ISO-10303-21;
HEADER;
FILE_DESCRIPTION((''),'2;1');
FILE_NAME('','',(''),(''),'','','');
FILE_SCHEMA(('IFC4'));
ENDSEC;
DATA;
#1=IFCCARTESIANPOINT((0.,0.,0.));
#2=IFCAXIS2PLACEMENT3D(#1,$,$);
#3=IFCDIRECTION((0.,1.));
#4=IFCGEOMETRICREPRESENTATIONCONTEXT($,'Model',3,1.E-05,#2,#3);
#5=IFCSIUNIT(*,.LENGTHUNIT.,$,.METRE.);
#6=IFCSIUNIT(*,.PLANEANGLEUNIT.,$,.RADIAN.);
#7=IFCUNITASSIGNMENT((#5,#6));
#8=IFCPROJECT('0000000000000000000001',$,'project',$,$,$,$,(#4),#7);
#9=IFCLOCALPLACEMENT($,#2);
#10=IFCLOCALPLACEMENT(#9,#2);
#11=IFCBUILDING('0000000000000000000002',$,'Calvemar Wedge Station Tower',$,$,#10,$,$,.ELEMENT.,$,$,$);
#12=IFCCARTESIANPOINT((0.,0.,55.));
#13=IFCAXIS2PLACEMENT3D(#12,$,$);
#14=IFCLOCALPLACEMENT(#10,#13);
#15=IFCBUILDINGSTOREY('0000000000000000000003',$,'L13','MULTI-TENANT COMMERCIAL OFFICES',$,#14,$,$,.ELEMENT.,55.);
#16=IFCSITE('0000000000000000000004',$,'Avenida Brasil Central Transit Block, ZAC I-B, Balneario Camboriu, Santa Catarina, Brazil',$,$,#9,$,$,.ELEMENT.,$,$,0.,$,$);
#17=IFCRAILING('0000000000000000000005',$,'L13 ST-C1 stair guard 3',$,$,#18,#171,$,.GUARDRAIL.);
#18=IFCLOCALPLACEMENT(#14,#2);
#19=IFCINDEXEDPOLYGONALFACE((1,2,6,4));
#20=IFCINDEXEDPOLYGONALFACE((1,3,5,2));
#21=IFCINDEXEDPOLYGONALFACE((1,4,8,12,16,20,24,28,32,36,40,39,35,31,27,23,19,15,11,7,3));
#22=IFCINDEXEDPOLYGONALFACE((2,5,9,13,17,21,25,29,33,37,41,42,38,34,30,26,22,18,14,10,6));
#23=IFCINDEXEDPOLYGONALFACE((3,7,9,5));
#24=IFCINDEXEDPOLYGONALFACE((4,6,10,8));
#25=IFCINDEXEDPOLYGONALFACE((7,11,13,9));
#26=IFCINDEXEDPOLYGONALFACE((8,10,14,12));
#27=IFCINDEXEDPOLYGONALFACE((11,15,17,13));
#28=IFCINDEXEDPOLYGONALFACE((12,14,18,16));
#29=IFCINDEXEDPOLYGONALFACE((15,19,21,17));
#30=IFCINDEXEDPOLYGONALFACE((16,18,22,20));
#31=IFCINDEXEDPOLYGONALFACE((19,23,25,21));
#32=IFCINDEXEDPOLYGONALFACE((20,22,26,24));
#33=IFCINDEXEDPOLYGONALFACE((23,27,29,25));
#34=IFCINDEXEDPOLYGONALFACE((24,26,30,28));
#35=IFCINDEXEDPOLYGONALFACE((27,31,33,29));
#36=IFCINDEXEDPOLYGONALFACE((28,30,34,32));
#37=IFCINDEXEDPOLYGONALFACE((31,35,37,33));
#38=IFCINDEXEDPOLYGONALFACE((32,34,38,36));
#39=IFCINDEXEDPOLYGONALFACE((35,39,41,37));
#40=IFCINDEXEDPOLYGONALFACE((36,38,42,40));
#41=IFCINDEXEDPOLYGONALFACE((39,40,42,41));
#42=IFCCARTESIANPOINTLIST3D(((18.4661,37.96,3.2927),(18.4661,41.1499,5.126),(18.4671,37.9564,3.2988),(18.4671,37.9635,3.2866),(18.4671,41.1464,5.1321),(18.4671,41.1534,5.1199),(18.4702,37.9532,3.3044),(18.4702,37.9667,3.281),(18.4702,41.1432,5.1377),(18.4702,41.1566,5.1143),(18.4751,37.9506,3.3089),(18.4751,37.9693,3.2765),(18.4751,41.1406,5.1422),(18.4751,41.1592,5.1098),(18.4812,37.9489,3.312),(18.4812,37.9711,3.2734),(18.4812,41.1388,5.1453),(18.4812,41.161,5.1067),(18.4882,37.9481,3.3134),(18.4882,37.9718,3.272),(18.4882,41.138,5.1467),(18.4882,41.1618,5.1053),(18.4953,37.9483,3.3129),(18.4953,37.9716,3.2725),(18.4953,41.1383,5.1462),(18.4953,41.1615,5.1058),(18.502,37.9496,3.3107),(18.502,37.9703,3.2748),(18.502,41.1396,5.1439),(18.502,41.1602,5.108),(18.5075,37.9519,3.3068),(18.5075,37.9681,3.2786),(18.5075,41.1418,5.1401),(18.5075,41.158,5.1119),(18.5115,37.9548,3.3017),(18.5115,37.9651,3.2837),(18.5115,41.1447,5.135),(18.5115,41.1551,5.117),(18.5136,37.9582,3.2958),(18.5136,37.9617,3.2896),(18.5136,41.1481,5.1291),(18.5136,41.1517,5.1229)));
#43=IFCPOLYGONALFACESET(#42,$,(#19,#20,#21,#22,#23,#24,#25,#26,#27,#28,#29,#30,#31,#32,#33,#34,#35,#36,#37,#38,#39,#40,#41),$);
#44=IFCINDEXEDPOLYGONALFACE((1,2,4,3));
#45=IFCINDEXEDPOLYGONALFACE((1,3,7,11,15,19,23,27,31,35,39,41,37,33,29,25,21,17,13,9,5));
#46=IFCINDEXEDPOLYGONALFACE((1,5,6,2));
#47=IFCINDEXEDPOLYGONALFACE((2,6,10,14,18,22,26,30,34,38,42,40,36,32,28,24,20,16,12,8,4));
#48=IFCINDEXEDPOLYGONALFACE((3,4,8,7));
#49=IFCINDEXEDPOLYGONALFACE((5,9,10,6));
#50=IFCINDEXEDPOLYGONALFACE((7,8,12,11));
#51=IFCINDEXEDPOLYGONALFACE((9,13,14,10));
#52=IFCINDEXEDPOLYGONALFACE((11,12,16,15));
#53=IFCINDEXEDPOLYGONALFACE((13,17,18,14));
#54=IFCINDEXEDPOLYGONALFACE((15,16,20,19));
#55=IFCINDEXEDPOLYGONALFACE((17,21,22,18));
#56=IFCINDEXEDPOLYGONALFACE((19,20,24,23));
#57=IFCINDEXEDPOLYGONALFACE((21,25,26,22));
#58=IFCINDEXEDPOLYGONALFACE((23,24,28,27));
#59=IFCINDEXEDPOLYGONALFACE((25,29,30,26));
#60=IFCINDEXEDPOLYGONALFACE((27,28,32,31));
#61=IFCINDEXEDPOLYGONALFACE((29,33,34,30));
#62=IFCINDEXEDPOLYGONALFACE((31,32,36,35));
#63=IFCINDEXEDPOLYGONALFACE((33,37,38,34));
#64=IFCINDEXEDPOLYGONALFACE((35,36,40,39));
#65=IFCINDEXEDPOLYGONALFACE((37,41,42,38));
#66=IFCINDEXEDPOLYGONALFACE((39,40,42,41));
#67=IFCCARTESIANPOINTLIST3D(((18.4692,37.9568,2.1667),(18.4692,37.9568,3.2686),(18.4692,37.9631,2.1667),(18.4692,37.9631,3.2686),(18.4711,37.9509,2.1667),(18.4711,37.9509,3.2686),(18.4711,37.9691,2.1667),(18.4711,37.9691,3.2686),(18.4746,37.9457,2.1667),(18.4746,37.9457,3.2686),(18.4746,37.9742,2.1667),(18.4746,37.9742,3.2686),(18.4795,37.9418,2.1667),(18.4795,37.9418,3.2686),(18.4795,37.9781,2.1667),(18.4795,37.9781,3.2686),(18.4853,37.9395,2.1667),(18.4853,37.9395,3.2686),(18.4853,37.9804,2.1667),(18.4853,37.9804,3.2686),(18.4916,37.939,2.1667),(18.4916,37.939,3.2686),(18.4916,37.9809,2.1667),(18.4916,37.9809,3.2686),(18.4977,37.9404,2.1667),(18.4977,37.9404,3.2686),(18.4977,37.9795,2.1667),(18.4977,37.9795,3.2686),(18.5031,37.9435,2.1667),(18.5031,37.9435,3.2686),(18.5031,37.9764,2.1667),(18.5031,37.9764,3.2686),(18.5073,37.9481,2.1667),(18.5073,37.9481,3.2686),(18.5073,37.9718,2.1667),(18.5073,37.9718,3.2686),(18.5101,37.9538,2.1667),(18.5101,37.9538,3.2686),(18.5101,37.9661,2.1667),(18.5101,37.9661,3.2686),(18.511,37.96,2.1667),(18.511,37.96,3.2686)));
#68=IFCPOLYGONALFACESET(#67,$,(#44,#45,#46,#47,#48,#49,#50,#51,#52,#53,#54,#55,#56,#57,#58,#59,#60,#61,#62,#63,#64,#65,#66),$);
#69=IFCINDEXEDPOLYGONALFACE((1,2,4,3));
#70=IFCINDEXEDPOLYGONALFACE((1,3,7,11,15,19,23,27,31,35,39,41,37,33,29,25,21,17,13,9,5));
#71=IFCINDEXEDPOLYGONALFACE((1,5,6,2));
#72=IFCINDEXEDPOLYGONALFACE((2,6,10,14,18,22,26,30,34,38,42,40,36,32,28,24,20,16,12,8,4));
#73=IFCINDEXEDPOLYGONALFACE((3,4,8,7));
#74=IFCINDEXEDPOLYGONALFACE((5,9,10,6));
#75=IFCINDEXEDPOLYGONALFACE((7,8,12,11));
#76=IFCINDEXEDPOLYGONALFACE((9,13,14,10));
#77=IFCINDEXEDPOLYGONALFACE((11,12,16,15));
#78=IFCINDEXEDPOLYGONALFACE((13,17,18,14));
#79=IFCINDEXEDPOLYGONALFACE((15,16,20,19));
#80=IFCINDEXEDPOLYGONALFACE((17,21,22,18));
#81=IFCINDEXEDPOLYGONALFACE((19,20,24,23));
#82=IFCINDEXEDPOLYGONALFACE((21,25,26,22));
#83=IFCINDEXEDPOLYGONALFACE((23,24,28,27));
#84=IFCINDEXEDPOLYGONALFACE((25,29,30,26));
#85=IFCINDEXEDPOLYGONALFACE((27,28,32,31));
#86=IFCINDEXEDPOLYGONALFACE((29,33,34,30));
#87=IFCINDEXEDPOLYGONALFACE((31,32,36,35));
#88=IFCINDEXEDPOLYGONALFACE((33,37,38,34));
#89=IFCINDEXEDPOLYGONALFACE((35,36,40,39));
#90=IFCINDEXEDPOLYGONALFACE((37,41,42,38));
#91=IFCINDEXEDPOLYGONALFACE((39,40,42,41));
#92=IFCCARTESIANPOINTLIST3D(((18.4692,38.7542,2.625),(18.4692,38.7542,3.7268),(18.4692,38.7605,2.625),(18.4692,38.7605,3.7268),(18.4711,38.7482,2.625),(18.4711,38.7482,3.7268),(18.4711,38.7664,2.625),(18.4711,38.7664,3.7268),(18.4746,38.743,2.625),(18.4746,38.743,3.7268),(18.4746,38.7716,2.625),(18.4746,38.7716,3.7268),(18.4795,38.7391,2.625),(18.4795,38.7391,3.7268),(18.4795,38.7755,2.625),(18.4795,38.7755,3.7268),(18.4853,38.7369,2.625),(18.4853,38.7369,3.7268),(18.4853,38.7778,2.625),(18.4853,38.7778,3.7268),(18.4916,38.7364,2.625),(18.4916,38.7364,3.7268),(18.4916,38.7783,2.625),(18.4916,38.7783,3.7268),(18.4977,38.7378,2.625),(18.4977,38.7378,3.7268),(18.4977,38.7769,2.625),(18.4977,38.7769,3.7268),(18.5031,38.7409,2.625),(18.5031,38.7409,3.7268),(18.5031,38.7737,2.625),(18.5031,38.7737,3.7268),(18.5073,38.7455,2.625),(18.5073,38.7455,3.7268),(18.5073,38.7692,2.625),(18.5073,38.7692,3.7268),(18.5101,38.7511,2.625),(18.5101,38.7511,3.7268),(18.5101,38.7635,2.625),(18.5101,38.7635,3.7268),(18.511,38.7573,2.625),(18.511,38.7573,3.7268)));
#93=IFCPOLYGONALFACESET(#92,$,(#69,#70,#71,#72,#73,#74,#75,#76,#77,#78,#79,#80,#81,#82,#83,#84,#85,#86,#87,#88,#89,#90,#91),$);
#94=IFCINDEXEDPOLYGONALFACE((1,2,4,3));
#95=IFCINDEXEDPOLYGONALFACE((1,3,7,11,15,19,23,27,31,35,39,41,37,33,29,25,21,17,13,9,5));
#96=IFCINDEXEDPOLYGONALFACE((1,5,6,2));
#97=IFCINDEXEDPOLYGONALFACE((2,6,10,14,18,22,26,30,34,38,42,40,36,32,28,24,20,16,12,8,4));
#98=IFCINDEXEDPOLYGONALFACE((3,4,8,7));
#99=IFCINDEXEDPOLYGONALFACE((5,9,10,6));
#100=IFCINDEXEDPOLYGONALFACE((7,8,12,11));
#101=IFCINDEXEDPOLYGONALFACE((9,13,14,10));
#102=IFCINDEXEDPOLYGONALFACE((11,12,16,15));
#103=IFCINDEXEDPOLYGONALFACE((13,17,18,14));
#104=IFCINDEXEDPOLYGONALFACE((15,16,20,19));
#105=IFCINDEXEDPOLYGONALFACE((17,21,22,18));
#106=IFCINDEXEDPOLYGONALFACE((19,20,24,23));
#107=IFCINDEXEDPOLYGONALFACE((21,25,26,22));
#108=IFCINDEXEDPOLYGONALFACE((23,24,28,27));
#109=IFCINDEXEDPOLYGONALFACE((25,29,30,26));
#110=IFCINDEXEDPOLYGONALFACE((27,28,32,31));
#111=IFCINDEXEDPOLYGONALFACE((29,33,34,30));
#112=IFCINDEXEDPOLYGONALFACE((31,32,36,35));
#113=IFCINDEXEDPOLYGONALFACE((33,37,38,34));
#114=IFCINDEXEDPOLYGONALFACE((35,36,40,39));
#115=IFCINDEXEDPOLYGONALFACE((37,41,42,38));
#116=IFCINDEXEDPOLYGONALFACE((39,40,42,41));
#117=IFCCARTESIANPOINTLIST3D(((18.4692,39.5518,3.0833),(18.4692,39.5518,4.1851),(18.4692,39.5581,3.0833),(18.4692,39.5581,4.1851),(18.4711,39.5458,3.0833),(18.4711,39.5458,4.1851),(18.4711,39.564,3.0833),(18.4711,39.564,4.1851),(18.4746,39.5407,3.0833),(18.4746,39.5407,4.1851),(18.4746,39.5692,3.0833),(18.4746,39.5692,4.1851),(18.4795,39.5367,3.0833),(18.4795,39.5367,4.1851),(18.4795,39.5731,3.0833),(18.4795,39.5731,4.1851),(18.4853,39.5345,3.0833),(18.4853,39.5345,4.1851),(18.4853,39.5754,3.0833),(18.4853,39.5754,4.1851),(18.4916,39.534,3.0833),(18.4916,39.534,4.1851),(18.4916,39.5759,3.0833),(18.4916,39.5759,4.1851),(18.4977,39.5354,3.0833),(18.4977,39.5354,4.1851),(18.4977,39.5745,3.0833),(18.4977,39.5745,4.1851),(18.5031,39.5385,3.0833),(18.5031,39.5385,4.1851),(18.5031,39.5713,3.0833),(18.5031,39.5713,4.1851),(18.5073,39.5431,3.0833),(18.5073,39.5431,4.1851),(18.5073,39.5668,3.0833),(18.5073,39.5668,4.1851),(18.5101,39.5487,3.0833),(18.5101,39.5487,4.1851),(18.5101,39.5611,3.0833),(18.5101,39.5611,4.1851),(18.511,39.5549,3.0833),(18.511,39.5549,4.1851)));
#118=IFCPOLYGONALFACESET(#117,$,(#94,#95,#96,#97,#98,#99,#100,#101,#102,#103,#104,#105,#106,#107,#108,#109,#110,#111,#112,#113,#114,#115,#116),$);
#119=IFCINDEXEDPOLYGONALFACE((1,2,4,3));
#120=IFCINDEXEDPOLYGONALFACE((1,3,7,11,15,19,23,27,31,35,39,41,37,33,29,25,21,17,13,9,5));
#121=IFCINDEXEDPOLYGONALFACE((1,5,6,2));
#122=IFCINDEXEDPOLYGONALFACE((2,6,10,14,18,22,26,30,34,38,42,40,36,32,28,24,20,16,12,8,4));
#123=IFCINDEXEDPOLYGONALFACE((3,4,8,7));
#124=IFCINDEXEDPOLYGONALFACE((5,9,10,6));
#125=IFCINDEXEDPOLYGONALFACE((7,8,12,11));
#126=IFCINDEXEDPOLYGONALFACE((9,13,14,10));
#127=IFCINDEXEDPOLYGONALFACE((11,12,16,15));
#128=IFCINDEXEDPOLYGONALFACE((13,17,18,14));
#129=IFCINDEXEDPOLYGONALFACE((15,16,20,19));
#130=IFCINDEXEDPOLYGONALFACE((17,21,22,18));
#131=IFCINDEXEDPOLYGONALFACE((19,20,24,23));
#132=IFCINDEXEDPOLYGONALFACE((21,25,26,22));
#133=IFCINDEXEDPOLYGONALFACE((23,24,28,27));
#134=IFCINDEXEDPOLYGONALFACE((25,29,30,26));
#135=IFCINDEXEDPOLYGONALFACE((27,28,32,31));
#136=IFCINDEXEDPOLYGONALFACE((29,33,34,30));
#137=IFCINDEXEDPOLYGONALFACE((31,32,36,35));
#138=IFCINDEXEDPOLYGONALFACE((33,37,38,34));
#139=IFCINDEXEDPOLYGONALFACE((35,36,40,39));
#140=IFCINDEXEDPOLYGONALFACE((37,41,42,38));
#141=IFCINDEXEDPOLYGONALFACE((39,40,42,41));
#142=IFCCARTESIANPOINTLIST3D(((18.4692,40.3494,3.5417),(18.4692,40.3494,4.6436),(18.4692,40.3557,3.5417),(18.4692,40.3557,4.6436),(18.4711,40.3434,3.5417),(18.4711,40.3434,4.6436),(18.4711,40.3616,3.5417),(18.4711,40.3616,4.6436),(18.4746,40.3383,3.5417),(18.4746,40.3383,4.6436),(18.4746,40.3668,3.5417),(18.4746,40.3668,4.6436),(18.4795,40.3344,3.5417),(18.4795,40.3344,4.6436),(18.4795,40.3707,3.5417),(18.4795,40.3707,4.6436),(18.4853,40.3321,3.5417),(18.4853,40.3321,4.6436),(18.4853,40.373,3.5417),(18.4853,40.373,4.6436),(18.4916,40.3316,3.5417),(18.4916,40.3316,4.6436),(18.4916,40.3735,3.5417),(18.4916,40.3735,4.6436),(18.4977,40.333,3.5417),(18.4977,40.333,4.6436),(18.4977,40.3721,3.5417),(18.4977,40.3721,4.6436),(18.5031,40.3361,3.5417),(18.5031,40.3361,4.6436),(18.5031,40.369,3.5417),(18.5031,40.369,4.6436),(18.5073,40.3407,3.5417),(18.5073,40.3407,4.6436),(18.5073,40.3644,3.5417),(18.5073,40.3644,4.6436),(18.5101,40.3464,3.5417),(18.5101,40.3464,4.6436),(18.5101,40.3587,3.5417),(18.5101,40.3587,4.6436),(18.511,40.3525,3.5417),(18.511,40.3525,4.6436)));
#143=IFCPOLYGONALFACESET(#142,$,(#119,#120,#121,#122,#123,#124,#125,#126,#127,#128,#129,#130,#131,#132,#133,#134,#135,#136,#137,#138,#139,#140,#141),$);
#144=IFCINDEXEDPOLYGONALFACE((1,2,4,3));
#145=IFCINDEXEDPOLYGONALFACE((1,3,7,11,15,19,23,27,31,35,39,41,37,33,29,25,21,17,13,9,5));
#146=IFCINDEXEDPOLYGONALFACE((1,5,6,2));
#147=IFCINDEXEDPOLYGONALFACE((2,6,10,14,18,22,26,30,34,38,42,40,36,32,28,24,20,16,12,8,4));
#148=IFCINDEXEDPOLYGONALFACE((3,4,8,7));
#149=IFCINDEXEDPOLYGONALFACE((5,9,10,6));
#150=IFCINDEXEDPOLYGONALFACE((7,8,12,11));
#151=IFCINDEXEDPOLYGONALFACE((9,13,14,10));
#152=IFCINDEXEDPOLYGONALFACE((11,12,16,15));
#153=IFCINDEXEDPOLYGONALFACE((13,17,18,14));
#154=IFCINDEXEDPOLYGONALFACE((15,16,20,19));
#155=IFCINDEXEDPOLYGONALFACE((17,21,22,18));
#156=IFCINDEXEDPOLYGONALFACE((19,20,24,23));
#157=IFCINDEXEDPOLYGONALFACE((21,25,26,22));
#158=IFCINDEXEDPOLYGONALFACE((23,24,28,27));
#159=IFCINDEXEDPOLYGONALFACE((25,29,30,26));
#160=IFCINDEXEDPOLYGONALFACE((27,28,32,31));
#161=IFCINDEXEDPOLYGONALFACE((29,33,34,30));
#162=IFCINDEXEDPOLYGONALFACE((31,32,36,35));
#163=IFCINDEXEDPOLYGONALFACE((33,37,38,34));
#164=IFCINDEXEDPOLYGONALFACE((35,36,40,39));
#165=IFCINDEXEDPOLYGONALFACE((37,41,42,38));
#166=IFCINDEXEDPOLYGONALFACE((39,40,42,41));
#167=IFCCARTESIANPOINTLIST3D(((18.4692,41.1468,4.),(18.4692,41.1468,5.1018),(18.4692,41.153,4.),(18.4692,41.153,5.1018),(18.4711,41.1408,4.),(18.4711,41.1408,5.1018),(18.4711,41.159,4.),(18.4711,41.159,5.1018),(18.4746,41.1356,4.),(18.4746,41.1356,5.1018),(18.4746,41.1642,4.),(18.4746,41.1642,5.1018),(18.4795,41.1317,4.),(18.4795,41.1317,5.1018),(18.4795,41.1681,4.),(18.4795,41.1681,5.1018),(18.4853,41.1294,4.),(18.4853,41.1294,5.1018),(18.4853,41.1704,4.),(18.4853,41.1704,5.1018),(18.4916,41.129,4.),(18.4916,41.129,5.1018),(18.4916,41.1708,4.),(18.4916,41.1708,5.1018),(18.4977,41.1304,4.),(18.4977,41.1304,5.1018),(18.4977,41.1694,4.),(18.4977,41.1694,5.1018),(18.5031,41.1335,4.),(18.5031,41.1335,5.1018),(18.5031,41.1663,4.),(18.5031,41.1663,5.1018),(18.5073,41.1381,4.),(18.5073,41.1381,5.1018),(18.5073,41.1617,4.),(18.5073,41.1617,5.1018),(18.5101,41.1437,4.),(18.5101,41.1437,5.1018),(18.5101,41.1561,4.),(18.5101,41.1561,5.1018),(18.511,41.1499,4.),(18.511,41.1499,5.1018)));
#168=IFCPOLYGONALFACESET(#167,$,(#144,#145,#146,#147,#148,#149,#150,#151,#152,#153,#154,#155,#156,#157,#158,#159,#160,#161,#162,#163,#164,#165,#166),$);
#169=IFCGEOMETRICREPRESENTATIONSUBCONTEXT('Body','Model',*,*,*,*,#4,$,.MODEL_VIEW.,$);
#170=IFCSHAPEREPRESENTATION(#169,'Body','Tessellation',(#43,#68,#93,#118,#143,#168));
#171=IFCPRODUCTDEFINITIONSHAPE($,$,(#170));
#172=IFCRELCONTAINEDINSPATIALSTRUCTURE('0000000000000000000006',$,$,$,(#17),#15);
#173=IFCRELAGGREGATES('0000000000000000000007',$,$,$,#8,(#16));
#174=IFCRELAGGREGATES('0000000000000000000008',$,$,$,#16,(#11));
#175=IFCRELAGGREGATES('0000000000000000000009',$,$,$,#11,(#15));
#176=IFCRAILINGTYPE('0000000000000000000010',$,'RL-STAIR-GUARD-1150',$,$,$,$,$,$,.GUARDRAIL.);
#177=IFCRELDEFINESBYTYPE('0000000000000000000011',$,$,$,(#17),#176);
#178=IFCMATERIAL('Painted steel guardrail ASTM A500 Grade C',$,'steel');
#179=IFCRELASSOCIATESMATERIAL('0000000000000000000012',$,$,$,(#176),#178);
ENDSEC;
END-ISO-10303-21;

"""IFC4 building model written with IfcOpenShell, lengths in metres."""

from ifc_helpers import new_model, si_unit, direction, frame, origin, origin_2d, place, context, subcontext, project, spatial, circle, extrude, material, type_object, element, save


model = new_model("IFC4")

# Units and contexts
model_context = context("Model", 3, precision=1e-05, world=origin(), true_north=direction((0.0, 1.0)))
body_context = subcontext(model_context, "Body", "Model", "MODEL_VIEW")
ifc_project = project(units=[si_unit("LENGTHUNIT", "METRE"), si_unit("PLANEANGLEUNIT", "RADIAN")], contexts=[model_context])

# Site, building, storey
site_placement = place(None, origin())
site = spatial("IfcSite", under=ifc_project, at=site_placement, Name="Avenida Brasil Central Transit Block, ZAC I-B, Balneario Camboriu, Santa Catarina, Brazil", CompositionType="ELEMENT", RefElevation=0.0)
building_placement = place(site_placement, origin())
building = spatial("IfcBuilding", under=site, at=building_placement, Name="Calvemar Wedge Station Tower", CompositionType="ELEMENT")
storey_placement = place(building_placement, frame((0.0, 0.0, 55.0)))
storey = spatial("IfcBuildingStorey", under=building, at=storey_placement, Name="L13", Description="MULTI-TENANT COMMERCIAL OFFICES", CompositionType="ELEMENT", Elevation=55.0)

# Railing
ifc_material_1 = material(Name="Painted steel guardrail ASTM A500 Grade C", Category="steel")
railing_type_1 = type_object("IfcRailingType", Name="RL-STAIR-GUARD-1150", PredefinedType="GUARDRAIL", material=ifc_material_1)
railing_1_placement = place(storey_placement, frame((18.49, 37.96, 2.1667)))
element("IfcRailing", 1, at=railing_1_placement, inside=storey, type_object=railing_type_1, Name="L13 ST-C1 stair guard 3", PredefinedType="GUARDRAIL", context=body_context, shape_type="SweptSolid", body=[
    extrude(circle(Radius=0.0239, at=origin_2d()), frame((0.0, 0.0, 1.126), z_axis=(0.0, 0.86702, 0.498274), x_axis=(-1.0, 0.0, 0.0)), (0.0, 0.0, 1.0), 3.6792),
    extrude(circle(Radius=0.021, at=origin_2d()), origin(), (0.0, 0.0, 1.0), 1.1018),
    extrude(circle(Radius=0.021, at=origin_2d()), frame((0.0, 0.7974, 0.4583)), (0.0, 0.0, 1.0), 1.1018),
    extrude(circle(Radius=0.021, at=origin_2d()), frame((0.0, 1.595, 0.9165)), (0.0, 0.0, 1.0), 1.1018),
    extrude(circle(Radius=0.021, at=origin_2d()), frame((0.0, 2.3926, 1.375)), (0.0, 0.0, 1.0), 1.1018),
    extrude(circle(Radius=0.021, at=origin_2d()), frame((0.0, 3.1899, 1.8333)), (0.0, 0.0, 1.0), 1.1018),
])

save(model, "model.ifc")
